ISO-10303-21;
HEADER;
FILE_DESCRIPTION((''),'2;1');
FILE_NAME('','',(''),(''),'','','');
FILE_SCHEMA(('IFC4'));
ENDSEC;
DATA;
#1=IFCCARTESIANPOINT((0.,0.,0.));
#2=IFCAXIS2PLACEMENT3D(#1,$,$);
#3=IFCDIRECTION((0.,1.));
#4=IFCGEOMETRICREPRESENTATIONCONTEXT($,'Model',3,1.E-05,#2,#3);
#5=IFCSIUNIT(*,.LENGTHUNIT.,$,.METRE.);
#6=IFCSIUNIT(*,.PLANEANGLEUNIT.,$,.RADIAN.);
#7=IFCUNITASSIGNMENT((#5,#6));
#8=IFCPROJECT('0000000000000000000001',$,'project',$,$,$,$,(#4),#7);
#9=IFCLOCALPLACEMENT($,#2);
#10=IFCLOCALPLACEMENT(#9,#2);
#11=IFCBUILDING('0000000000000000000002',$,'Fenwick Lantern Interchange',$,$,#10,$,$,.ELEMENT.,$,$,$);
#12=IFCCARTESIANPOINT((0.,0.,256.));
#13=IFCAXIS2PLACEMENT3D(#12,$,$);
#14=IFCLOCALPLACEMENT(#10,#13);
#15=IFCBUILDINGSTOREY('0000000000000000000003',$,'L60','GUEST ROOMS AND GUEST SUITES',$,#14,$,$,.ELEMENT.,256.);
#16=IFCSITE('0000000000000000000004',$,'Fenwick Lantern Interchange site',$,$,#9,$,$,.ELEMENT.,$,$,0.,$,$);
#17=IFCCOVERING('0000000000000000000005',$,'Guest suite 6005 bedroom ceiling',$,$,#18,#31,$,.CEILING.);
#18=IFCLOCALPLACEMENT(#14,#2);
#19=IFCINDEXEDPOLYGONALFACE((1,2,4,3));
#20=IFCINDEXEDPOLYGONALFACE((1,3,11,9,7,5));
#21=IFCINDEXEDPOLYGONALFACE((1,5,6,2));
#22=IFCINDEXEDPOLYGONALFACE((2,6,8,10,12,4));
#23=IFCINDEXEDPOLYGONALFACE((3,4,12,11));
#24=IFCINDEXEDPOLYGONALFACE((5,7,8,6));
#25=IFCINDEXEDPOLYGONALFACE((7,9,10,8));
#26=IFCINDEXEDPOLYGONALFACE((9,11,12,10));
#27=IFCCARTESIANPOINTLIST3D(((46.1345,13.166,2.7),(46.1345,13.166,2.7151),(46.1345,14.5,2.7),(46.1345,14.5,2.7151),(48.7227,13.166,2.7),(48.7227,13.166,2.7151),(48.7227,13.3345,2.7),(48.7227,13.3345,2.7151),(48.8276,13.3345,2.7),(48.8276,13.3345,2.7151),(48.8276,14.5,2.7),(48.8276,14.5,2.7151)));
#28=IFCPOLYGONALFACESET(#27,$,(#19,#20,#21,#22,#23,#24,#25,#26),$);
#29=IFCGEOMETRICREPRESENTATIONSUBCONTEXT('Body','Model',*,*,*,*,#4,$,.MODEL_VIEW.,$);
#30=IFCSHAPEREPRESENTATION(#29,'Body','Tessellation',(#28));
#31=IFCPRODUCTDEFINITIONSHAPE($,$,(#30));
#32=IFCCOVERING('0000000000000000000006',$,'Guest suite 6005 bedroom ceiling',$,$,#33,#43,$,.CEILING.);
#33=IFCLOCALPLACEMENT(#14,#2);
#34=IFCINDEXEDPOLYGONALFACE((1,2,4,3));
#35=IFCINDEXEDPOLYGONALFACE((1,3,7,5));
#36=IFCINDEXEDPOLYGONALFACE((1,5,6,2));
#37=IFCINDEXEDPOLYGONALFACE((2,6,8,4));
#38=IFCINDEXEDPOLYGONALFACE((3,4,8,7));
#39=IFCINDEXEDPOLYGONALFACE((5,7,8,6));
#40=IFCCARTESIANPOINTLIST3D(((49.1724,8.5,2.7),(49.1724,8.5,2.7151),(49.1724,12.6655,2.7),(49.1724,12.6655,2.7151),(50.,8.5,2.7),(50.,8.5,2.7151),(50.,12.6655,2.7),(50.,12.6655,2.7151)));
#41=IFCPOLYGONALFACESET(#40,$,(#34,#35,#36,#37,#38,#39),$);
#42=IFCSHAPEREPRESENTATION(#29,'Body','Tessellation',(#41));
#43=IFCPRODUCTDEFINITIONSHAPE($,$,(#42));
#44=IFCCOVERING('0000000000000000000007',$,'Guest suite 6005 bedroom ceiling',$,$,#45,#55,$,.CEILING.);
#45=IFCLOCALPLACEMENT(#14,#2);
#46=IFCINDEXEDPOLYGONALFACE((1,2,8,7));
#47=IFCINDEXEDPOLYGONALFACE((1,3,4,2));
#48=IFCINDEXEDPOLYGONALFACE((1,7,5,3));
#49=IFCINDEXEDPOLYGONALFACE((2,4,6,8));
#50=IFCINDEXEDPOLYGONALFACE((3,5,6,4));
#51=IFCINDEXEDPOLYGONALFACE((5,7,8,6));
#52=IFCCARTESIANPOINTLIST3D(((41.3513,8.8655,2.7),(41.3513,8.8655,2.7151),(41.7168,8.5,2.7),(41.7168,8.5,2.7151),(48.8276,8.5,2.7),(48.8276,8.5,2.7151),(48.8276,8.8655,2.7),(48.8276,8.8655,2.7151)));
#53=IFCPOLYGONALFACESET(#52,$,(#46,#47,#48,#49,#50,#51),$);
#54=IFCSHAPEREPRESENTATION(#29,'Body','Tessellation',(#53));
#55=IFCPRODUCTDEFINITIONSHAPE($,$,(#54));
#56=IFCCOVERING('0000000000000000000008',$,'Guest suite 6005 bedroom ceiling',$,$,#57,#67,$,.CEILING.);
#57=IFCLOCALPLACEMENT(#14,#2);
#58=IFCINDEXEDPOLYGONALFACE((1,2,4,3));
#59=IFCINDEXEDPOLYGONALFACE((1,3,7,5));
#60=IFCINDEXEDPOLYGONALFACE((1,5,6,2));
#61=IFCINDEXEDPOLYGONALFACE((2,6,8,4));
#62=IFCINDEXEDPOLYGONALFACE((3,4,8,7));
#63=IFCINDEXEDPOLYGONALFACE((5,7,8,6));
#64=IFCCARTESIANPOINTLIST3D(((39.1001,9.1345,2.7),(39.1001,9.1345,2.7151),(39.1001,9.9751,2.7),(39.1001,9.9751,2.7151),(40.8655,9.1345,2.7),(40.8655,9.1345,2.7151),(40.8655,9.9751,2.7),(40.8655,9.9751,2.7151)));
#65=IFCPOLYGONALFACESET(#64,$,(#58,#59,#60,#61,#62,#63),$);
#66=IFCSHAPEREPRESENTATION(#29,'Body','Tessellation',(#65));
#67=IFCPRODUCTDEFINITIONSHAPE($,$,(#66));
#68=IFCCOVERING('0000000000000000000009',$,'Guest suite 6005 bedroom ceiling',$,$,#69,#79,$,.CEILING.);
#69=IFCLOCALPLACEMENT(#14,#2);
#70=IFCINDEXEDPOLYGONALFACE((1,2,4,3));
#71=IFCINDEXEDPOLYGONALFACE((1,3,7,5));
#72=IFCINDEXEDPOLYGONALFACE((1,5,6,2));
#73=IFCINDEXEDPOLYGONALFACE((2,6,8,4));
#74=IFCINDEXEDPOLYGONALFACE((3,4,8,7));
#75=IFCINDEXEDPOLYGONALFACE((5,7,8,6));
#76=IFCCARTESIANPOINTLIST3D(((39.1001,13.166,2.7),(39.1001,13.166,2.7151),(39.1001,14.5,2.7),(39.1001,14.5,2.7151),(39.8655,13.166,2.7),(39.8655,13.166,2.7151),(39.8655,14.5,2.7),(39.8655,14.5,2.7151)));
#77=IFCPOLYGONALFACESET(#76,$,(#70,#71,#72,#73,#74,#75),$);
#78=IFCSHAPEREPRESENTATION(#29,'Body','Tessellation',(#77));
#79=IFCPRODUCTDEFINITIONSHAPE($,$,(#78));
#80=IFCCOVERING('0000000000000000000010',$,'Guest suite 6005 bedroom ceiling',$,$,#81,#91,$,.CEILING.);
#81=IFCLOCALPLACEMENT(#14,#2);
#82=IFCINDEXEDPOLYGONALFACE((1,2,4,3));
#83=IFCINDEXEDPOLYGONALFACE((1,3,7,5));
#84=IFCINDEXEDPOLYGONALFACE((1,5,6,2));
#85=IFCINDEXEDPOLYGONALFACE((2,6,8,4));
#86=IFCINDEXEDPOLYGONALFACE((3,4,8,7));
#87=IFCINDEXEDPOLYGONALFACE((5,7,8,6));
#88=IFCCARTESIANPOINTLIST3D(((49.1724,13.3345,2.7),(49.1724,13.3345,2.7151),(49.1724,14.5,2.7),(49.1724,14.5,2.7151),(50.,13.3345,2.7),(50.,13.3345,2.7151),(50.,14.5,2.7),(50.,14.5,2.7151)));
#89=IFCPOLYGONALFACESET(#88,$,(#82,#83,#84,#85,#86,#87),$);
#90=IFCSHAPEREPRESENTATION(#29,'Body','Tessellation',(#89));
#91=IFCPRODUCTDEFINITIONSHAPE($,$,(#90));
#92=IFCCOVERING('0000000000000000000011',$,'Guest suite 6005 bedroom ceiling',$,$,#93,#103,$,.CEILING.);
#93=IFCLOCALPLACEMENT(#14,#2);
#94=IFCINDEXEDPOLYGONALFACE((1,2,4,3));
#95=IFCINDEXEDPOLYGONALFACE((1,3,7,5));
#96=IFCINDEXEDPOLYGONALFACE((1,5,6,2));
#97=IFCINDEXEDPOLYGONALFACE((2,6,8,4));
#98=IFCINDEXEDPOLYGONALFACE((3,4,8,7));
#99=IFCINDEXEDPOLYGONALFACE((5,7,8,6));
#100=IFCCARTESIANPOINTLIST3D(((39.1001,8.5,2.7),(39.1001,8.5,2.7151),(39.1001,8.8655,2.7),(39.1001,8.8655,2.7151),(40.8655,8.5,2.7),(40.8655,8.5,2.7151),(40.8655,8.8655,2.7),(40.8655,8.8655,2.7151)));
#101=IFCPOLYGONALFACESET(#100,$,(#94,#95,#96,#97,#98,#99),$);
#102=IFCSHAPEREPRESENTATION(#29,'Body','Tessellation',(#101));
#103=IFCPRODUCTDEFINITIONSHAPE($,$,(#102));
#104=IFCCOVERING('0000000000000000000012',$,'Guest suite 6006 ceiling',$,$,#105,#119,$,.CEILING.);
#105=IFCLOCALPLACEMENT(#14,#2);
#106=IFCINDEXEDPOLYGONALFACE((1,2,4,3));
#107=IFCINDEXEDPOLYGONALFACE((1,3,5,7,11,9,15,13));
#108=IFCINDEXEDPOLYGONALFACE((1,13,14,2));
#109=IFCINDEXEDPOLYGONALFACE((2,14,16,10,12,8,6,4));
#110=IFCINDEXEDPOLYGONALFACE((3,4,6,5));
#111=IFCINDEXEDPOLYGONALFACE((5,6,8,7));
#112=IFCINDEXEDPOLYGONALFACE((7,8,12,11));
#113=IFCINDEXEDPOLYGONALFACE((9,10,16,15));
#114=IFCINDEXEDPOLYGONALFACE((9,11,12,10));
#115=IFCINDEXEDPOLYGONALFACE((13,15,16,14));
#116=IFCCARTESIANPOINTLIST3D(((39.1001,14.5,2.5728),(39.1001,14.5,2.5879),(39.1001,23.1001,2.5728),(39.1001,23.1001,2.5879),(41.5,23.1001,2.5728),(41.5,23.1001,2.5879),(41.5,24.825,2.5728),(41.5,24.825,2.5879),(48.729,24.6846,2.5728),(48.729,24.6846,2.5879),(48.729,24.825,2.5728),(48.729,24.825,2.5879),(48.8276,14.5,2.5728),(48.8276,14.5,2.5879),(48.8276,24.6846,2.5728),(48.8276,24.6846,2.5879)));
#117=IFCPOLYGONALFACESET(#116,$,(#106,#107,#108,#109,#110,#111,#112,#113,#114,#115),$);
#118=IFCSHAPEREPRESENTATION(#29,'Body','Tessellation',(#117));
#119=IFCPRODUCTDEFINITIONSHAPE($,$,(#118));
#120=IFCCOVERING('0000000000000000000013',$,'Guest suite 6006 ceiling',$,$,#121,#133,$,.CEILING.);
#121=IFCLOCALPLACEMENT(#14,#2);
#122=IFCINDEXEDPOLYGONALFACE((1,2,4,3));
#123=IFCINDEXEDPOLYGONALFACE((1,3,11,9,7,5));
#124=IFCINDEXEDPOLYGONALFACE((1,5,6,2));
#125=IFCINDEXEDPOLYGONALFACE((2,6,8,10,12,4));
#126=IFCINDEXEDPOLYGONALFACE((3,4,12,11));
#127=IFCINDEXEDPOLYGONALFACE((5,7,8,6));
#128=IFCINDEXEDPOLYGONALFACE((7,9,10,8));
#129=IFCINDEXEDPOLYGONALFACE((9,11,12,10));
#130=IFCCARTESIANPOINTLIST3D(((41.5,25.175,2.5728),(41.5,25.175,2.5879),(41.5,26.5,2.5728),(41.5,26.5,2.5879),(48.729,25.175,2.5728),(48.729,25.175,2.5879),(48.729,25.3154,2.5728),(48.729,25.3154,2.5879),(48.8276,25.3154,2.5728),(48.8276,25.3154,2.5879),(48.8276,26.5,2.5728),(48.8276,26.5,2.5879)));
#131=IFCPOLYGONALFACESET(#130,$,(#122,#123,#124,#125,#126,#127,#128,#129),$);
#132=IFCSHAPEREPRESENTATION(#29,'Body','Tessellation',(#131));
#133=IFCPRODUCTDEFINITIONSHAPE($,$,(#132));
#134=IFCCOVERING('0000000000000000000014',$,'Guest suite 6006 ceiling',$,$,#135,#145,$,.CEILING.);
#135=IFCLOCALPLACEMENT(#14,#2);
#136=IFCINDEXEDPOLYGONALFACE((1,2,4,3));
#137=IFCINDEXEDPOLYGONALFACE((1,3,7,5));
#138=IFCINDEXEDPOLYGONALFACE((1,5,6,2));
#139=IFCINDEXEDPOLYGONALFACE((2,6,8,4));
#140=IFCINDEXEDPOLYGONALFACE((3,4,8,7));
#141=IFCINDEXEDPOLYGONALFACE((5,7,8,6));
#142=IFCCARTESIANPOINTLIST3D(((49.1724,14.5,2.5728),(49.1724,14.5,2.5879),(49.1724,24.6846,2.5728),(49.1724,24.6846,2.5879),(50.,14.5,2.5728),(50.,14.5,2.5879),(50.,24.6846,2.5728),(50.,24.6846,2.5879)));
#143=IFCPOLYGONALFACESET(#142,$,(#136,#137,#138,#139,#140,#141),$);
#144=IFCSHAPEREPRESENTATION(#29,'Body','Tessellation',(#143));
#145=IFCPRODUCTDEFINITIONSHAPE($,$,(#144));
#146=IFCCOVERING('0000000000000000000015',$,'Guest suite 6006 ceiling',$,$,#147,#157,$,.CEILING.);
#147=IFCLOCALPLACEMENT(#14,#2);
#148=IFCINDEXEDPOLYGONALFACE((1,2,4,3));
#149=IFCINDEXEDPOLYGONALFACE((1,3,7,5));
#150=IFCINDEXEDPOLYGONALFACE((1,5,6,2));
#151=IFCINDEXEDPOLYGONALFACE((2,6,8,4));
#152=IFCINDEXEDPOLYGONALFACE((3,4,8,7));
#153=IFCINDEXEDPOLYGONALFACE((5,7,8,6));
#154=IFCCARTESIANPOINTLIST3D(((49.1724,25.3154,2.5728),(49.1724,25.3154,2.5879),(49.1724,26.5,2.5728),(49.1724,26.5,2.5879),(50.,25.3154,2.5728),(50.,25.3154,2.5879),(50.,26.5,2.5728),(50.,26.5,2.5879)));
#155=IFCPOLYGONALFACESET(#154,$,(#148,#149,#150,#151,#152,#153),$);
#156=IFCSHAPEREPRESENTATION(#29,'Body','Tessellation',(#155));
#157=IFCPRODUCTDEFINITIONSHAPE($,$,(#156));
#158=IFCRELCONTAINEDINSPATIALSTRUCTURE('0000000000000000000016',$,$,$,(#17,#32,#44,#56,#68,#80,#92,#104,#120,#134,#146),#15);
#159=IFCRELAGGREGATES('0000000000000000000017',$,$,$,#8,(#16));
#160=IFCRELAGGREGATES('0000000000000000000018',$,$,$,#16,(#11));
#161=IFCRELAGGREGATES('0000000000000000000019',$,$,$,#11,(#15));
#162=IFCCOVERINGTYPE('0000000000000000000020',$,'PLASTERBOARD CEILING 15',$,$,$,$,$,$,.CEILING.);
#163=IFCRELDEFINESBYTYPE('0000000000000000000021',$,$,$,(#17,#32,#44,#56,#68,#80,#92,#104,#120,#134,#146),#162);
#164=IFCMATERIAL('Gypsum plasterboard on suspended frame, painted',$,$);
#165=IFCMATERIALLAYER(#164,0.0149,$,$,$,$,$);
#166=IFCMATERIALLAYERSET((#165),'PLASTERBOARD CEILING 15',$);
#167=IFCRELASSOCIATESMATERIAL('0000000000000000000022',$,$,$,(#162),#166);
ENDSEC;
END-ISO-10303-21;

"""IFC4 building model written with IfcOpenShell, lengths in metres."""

from ifc_helpers import new_model, si_unit, direction, frame, origin, place, context, subcontext, project, spatial, polyline, outline, extrude, material, layer, layer_set, type_object, element, save


model = new_model("IFC4")

# Units and contexts
model_context = context("Model", 3, precision=1e-05, world=origin(), true_north=direction((0.0, 1.0)))
body_context = subcontext(model_context, "Body", "Model", "MODEL_VIEW")
ifc_project = project(units=[si_unit("LENGTHUNIT", "METRE"), si_unit("PLANEANGLEUNIT", "RADIAN")], contexts=[model_context])

# Site, building, storey
site_placement = place(None, origin())
site = spatial("IfcSite", under=ifc_project, at=site_placement, Name="Fenwick Lantern Interchange site", CompositionType="ELEMENT", RefElevation=0.0)
building_placement = place(site_placement, origin())
building = spatial("IfcBuilding", under=site, at=building_placement, Name="Fenwick Lantern Interchange", CompositionType="ELEMENT")
storey_placement = place(building_placement, frame((0.0, 0.0, 256.0)))
storey = spatial("IfcBuildingStorey", under=building, at=storey_placement, Name="L60", Description="GUEST ROOMS AND GUEST SUITES", CompositionType="ELEMENT", Elevation=256.0)

# Coverings
ifc_material_1 = material(Name="Gypsum plasterboard on suspended frame, painted")
ifc_layer_1 = layer(ifc_material_1, 0.0149)
ifc_layer_set_1 = layer_set([ifc_layer_1], Name="PLASTERBOARD CEILING 15")
covering_type_1 = type_object("IfcCoveringType", Name="PLASTERBOARD CEILING 15", PredefinedType="CEILING", material=ifc_layer_set_1)
covering_1_placement = place(storey_placement, frame((0.0, 0.0, 2.7)))
element("IfcCovering", 1, at=covering_1_placement, inside=storey, type_object=covering_type_1, Name="Guest suite 6005 bedroom ceiling", PredefinedType="CEILING", context=body_context, shape_type="SweptSolid", body=[
    extrude(outline(polyline([(48.7227, 13.3345), (48.8276, 13.3345), (48.8276, 14.5), (46.1345, 14.5), (46.1345, 13.166), (48.7227, 13.166), (48.7227, 13.3345)])), origin(), (0.0, 0.0, 1.0), 0.0151),
])
covering_2_placement = place(storey_placement, frame((0.0, 0.0, 2.7)))
element("IfcCovering", 2, at=covering_2_placement, inside=storey, type_object=covering_type_1, Name="Guest suite 6005 bedroom ceiling", PredefinedType="CEILING", context=body_context, shape_type="SweptSolid", body=[
    extrude(outline(polyline([(50.0, 12.6655), (49.1724, 12.6655), (49.1724, 8.5), (50.0, 8.5), (50.0, 12.6655)])), origin(), (0.0, 0.0, 1.0), 0.0151),
])
covering_3_placement = place(storey_placement, frame((0.0, 0.0, 2.7)))
element("IfcCovering", 3, at=covering_3_placement, inside=storey, type_object=covering_type_1, Name="Guest suite 6005 bedroom ceiling", PredefinedType="CEILING", context=body_context, shape_type="SweptSolid", body=[
    extrude(outline(polyline([(41.7168, 8.5), (48.8276, 8.5), (48.8276, 8.8655), (41.3513, 8.8655), (41.7168, 8.5)])), origin(), (0.0, 0.0, 1.0), 0.0151),
])
covering_4_placement = place(storey_placement, frame((0.0, 0.0, 2.7)))
element("IfcCovering", 4, at=covering_4_placement, inside=storey, type_object=covering_type_1, Name="Guest suite 6005 bedroom ceiling", PredefinedType="CEILING", context=body_context, shape_type="SweptSolid", body=[
    extrude(outline(polyline([(39.1001, 9.9751), (39.1001, 9.1345), (40.8655, 9.1345), (40.8655, 9.9751), (39.1001, 9.9751)])), origin(), (0.0, 0.0, 1.0), 0.0151),
])
covering_5_placement = place(storey_placement, frame((0.0, 0.0, 2.7)))
element("IfcCovering", 5, at=covering_5_placement, inside=storey, type_object=covering_type_1, Name="Guest suite 6005 bedroom ceiling", PredefinedType="CEILING", context=body_context, shape_type="SweptSolid", body=[
    extrude(outline(polyline([(39.1001, 14.5), (39.1001, 13.166), (39.8655, 13.166), (39.8655, 14.5), (39.1001, 14.5)])), origin(), (0.0, 0.0, 1.0), 0.0151),
])
covering_6_placement = place(storey_placement, frame((0.0, 0.0, 2.7)))
element("IfcCovering", 6, at=covering_6_placement, inside=storey, type_object=covering_type_1, Name="Guest suite 6005 bedroom ceiling", PredefinedType="CEILING", context=body_context, shape_type="SweptSolid", body=[
    extrude(outline(polyline([(50.0, 13.3345), (50.0, 14.5), (49.1724, 14.5), (49.1724, 13.3345), (50.0, 13.3345)])), origin(), (0.0, 0.0, 1.0), 0.0151),
])
covering_7_placement = place(storey_placement, frame((0.0, 0.0, 2.7)))
element("IfcCovering", 7, at=covering_7_placement, inside=storey, type_object=covering_type_1, Name="Guest suite 6005 bedroom ceiling", PredefinedType="CEILING", context=body_context, shape_type="SweptSolid", body=[
    extrude(outline(polyline([(39.1001, 8.5), (40.8655, 8.5), (40.8655, 8.8655), (39.1001, 8.8655), (39.1001, 8.5)])), origin(), (0.0, 0.0, 1.0), 0.0151),
])
covering_8_placement = place(storey_placement, frame((0.0, 0.0, 2.5728)))
element("IfcCovering", 8, at=covering_8_placement, inside=storey, type_object=covering_type_1, Name="Guest suite 6006 ceiling", PredefinedType="CEILING", context=body_context, shape_type="SweptSolid", body=[
    extrude(outline(polyline([(48.729, 24.6846), (48.729, 24.825), (41.5, 24.825), (41.5, 23.1001), (39.1001, 23.1001), (39.1001, 14.5), (48.8276, 14.5), (48.8276, 24.6846), (48.729, 24.6846)])), origin(), (0.0, 0.0, 1.0), 0.0151),
])
covering_9_placement = place(storey_placement, frame((0.0, 0.0, 2.5728)))
element("IfcCovering", 9, at=covering_9_placement, inside=storey, type_object=covering_type_1, Name="Guest suite 6006 ceiling", PredefinedType="CEILING", context=body_context, shape_type="SweptSolid", body=[
    extrude(outline(polyline([(48.729, 25.3154), (48.8276, 25.3154), (48.8276, 26.5), (41.5, 26.5), (41.5, 25.175), (48.729, 25.175), (48.729, 25.3154)])), origin(), (0.0, 0.0, 1.0), 0.0151),
])
covering_10_placement = place(storey_placement, frame((0.0, 0.0, 2.5728)))
element("IfcCovering", 10, at=covering_10_placement, inside=storey, type_object=covering_type_1, Name="Guest suite 6006 ceiling", PredefinedType="CEILING", context=body_context, shape_type="SweptSolid", body=[
    extrude(outline(polyline([(50.0, 24.6846), (49.1724, 24.6846), (49.1724, 14.5), (50.0, 14.5), (50.0, 24.6846)])), origin(), (0.0, 0.0, 1.0), 0.0151),
])
covering_11_placement = place(storey_placement, frame((0.0, 0.0, 2.5728)))
element("IfcCovering", 11, at=covering_11_placement, inside=storey, type_object=covering_type_1, Name="Guest suite 6006 ceiling", PredefinedType="CEILING", context=body_context, shape_type="SweptSolid", body=[
    extrude(outline(polyline([(49.1724, 25.3154), (50.0, 25.3154), (50.0, 26.5), (49.1724, 26.5), (49.1724, 25.3154)])), origin(), (0.0, 0.0, 1.0), 0.0151),
])

save(model, "model.ifc")
